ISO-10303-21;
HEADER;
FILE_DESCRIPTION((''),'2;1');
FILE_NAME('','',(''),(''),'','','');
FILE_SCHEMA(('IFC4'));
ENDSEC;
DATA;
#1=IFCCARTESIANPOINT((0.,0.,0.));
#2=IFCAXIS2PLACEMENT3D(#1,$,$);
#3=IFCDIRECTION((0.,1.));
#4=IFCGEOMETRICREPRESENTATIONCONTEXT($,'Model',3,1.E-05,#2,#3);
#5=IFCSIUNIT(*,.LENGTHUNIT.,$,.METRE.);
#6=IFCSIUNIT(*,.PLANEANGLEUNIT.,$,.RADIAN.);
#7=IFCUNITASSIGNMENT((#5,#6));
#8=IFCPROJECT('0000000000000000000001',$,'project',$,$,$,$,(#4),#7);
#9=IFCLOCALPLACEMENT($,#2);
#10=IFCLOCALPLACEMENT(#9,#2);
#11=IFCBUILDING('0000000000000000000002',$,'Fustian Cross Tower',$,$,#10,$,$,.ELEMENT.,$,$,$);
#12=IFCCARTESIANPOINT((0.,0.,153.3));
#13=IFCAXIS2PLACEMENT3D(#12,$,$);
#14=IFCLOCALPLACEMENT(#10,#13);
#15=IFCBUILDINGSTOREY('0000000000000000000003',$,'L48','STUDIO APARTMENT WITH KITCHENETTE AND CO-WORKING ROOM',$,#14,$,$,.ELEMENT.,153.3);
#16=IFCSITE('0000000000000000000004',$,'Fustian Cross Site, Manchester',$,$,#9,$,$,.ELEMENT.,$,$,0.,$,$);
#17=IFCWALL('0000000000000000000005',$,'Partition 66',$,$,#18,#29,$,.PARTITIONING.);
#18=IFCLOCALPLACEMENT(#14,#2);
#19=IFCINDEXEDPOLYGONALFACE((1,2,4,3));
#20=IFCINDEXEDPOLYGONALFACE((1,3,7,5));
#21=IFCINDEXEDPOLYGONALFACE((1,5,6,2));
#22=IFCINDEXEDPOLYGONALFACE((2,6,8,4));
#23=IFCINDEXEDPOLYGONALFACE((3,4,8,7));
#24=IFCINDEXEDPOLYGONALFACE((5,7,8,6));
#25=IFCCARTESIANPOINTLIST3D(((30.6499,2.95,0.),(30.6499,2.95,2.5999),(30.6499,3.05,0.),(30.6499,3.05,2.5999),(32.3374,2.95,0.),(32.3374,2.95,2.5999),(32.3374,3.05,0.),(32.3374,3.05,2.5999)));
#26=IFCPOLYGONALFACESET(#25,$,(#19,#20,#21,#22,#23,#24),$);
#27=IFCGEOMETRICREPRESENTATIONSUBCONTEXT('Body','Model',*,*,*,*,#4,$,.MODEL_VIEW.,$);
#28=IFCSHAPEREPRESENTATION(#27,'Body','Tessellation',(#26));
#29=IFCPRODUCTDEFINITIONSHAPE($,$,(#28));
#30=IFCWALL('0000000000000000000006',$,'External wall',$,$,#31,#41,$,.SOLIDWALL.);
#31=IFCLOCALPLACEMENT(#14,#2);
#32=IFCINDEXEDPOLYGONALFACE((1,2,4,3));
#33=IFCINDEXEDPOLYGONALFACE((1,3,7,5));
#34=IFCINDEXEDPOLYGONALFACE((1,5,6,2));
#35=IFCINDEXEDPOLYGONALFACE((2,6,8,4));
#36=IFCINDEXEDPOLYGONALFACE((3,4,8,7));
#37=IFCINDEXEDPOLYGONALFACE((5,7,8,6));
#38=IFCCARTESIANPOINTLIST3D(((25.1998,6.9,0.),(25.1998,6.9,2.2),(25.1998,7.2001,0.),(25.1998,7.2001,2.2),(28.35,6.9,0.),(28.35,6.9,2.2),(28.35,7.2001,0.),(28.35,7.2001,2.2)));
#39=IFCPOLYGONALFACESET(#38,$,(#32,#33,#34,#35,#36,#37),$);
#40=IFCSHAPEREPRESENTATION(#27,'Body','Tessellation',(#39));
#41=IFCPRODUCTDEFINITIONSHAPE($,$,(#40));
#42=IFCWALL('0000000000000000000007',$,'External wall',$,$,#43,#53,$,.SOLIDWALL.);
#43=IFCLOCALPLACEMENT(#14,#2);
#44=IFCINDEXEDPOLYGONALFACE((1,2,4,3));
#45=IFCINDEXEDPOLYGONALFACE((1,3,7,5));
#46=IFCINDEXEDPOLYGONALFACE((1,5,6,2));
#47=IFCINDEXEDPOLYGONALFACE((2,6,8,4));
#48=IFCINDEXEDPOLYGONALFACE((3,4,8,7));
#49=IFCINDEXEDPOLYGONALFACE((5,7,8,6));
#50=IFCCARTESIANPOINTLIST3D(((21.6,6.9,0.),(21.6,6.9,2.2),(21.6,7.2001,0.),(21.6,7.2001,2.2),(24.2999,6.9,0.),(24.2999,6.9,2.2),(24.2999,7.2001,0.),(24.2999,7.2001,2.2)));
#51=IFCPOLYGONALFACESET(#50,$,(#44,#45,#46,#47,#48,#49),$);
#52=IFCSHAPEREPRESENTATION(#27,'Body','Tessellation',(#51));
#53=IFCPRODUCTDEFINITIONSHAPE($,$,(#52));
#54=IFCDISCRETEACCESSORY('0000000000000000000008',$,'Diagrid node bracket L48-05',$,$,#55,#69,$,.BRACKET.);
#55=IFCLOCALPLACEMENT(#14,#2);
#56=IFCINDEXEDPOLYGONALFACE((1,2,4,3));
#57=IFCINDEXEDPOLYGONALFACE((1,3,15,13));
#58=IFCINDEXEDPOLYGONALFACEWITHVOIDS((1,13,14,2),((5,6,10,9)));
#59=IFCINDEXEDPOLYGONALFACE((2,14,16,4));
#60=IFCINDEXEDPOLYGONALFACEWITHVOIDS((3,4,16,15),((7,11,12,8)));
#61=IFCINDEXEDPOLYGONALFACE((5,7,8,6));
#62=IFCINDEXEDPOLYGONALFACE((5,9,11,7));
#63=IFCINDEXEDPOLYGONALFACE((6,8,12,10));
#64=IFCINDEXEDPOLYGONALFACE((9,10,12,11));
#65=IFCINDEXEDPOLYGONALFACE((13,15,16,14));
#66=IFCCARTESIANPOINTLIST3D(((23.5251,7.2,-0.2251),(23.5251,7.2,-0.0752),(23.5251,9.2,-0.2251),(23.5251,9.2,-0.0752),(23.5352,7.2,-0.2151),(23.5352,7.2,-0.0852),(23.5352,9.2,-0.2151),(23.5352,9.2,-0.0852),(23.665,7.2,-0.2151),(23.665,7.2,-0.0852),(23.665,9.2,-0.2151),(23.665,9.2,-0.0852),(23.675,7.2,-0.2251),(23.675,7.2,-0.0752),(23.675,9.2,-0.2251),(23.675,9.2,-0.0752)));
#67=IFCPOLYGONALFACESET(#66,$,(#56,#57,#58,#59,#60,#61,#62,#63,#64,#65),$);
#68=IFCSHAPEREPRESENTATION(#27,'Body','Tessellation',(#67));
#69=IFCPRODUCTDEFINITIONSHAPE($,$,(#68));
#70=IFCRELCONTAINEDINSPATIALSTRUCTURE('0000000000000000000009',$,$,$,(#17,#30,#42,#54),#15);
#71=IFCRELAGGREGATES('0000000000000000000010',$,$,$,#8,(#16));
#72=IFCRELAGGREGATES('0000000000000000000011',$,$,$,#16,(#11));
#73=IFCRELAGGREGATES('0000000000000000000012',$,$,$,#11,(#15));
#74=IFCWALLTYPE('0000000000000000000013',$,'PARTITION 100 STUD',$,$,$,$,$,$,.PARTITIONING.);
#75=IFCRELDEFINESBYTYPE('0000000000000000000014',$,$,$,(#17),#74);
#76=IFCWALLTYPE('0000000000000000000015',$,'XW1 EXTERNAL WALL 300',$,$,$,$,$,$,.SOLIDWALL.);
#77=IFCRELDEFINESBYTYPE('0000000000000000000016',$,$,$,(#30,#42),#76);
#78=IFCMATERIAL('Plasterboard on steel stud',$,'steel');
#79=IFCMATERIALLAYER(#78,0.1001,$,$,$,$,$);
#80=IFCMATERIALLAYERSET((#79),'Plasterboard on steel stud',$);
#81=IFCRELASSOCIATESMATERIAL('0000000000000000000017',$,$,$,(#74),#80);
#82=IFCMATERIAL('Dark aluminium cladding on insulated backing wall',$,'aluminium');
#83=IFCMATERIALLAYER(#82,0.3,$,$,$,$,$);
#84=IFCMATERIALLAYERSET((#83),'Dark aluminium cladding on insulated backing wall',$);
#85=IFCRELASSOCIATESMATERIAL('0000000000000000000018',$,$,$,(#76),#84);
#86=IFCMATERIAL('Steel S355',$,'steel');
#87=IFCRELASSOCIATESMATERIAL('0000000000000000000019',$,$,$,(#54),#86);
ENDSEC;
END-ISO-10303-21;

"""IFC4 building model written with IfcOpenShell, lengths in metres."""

from ifc_helpers import new_model, si_unit, direction, frame, frame_2d, origin, origin_2d, place, context, subcontext, project, spatial, rectangle, hollow_rectangle, extrude, material, layer, layer_set, type_object, element, save


model = new_model("IFC4")

# Units and contexts
model_context = context("Model", 3, precision=1e-05, world=origin(), true_north=direction((0.0, 1.0)))
body_context = subcontext(model_context, "Body", "Model", "MODEL_VIEW")
ifc_project = project(units=[si_unit("LENGTHUNIT", "METRE"), si_unit("PLANEANGLEUNIT", "RADIAN")], contexts=[model_context])

# Site, building, storey
site_placement = place(None, origin())
site = spatial("IfcSite", under=ifc_project, at=site_placement, Name="Fustian Cross Site, Manchester", CompositionType="ELEMENT", RefElevation=0.0)
building_placement = place(site_placement, origin())
building = spatial("IfcBuilding", under=site, at=building_placement, Name="Fustian Cross Tower", CompositionType="ELEMENT")
storey_placement = place(building_placement, frame((0.0, 0.0, 153.3)))
storey = spatial("IfcBuildingStorey", under=building, at=storey_placement, Name="L48", Description="STUDIO APARTMENT WITH KITCHENETTE AND CO-WORKING ROOM", CompositionType="ELEMENT", Elevation=153.3)

# Shared definitions
ifc_material_1 = material(Name="Plasterboard on steel stud", Category="steel")
ifc_layer_1 = layer(ifc_material_1, 0.1001)
ifc_layer_set_1 = layer_set([ifc_layer_1], Name="Plasterboard on steel stud")
wall_type_1 = type_object("IfcWallType", Name="PARTITION 100 STUD", PredefinedType="PARTITIONING", material=ifc_layer_set_1)

# Walls
wall_1_placement = place(storey_placement, frame((30.6499, 3.0, 0.0), z_axis=(0.0, 0.0, 1.0), x_axis=(1.0, 0.0, 0.0)))
element("IfcWall", 1, at=wall_1_placement, inside=storey, type_object=wall_type_1, Name="Partition 66", PredefinedType="PARTITIONING", context=body_context, shape_type="SweptSolid", body=[
    extrude(rectangle(XDim=1.6875, YDim=0.1001, at=frame_2d((0.8438, 0.0))), origin(), (0.0, 0.0, 1.0), 2.5999),
])
ifc_material_2 = material(Name="Dark aluminium cladding on insulated backing wall", Category="aluminium")
ifc_layer_2 = layer(ifc_material_2, 0.3)
ifc_layer_set_2 = layer_set([ifc_layer_2], Name="Dark aluminium cladding on insulated backing wall")
wall_type_2 = type_object("IfcWallType", Name="XW1 EXTERNAL WALL 300", PredefinedType="SOLIDWALL", material=ifc_layer_set_2)
wall_2_placement = place(storey_placement, frame((28.3501, 7.05, 0.0), z_axis=(0.0, 0.0, 1.0), x_axis=(-1.0, 0.0, 0.0)))
element("IfcWall", 2, at=wall_2_placement, inside=storey, type_object=wall_type_2, Name="External wall", PredefinedType="SOLIDWALL", context=body_context, shape_type="SweptSolid", body=[
    extrude(rectangle(XDim=3.1501, YDim=0.3, at=frame_2d((1.5752, 0.0))), origin(), (0.0, 0.0, 1.0), 2.2),
])
wall_3_placement = place(storey_placement, frame((24.3, 7.05, 0.0), z_axis=(0.0, 0.0, 1.0), x_axis=(-1.0, 0.0, 0.0)))
element("IfcWall", 3, at=wall_3_placement, inside=storey, type_object=wall_type_2, Name="External wall", PredefinedType="SOLIDWALL", context=body_context, shape_type="SweptSolid", body=[
    extrude(rectangle(XDim=2.7, YDim=0.3, at=frame_2d((1.3501, 0.0))), origin(), (0.0, 0.0, 1.0), 2.2),
])

# Discrete accessory
ifc_material_3 = material(Name="Steel S355", Category="steel")
discrete_accessory_placement = place(storey_placement, frame((23.6001, 9.2, -0.1501), z_axis=(0.0, -1.0, 0.0), x_axis=(1.0, 0.0, 0.0)))
element("IfcDiscreteAccessory", 4, at=discrete_accessory_placement, inside=storey, material=ifc_material_3, Name="Diagrid node bracket L48-05", PredefinedType="BRACKET", context=body_context, shape_type="SweptSolid", body=[
    extrude(hollow_rectangle(XDim=0.1499, YDim=0.1499, WallThickness=0.01, at=origin_2d()), origin(), (0.0, 0.0, 1.0), 2.0),
])

save(model, "model.ifc")
